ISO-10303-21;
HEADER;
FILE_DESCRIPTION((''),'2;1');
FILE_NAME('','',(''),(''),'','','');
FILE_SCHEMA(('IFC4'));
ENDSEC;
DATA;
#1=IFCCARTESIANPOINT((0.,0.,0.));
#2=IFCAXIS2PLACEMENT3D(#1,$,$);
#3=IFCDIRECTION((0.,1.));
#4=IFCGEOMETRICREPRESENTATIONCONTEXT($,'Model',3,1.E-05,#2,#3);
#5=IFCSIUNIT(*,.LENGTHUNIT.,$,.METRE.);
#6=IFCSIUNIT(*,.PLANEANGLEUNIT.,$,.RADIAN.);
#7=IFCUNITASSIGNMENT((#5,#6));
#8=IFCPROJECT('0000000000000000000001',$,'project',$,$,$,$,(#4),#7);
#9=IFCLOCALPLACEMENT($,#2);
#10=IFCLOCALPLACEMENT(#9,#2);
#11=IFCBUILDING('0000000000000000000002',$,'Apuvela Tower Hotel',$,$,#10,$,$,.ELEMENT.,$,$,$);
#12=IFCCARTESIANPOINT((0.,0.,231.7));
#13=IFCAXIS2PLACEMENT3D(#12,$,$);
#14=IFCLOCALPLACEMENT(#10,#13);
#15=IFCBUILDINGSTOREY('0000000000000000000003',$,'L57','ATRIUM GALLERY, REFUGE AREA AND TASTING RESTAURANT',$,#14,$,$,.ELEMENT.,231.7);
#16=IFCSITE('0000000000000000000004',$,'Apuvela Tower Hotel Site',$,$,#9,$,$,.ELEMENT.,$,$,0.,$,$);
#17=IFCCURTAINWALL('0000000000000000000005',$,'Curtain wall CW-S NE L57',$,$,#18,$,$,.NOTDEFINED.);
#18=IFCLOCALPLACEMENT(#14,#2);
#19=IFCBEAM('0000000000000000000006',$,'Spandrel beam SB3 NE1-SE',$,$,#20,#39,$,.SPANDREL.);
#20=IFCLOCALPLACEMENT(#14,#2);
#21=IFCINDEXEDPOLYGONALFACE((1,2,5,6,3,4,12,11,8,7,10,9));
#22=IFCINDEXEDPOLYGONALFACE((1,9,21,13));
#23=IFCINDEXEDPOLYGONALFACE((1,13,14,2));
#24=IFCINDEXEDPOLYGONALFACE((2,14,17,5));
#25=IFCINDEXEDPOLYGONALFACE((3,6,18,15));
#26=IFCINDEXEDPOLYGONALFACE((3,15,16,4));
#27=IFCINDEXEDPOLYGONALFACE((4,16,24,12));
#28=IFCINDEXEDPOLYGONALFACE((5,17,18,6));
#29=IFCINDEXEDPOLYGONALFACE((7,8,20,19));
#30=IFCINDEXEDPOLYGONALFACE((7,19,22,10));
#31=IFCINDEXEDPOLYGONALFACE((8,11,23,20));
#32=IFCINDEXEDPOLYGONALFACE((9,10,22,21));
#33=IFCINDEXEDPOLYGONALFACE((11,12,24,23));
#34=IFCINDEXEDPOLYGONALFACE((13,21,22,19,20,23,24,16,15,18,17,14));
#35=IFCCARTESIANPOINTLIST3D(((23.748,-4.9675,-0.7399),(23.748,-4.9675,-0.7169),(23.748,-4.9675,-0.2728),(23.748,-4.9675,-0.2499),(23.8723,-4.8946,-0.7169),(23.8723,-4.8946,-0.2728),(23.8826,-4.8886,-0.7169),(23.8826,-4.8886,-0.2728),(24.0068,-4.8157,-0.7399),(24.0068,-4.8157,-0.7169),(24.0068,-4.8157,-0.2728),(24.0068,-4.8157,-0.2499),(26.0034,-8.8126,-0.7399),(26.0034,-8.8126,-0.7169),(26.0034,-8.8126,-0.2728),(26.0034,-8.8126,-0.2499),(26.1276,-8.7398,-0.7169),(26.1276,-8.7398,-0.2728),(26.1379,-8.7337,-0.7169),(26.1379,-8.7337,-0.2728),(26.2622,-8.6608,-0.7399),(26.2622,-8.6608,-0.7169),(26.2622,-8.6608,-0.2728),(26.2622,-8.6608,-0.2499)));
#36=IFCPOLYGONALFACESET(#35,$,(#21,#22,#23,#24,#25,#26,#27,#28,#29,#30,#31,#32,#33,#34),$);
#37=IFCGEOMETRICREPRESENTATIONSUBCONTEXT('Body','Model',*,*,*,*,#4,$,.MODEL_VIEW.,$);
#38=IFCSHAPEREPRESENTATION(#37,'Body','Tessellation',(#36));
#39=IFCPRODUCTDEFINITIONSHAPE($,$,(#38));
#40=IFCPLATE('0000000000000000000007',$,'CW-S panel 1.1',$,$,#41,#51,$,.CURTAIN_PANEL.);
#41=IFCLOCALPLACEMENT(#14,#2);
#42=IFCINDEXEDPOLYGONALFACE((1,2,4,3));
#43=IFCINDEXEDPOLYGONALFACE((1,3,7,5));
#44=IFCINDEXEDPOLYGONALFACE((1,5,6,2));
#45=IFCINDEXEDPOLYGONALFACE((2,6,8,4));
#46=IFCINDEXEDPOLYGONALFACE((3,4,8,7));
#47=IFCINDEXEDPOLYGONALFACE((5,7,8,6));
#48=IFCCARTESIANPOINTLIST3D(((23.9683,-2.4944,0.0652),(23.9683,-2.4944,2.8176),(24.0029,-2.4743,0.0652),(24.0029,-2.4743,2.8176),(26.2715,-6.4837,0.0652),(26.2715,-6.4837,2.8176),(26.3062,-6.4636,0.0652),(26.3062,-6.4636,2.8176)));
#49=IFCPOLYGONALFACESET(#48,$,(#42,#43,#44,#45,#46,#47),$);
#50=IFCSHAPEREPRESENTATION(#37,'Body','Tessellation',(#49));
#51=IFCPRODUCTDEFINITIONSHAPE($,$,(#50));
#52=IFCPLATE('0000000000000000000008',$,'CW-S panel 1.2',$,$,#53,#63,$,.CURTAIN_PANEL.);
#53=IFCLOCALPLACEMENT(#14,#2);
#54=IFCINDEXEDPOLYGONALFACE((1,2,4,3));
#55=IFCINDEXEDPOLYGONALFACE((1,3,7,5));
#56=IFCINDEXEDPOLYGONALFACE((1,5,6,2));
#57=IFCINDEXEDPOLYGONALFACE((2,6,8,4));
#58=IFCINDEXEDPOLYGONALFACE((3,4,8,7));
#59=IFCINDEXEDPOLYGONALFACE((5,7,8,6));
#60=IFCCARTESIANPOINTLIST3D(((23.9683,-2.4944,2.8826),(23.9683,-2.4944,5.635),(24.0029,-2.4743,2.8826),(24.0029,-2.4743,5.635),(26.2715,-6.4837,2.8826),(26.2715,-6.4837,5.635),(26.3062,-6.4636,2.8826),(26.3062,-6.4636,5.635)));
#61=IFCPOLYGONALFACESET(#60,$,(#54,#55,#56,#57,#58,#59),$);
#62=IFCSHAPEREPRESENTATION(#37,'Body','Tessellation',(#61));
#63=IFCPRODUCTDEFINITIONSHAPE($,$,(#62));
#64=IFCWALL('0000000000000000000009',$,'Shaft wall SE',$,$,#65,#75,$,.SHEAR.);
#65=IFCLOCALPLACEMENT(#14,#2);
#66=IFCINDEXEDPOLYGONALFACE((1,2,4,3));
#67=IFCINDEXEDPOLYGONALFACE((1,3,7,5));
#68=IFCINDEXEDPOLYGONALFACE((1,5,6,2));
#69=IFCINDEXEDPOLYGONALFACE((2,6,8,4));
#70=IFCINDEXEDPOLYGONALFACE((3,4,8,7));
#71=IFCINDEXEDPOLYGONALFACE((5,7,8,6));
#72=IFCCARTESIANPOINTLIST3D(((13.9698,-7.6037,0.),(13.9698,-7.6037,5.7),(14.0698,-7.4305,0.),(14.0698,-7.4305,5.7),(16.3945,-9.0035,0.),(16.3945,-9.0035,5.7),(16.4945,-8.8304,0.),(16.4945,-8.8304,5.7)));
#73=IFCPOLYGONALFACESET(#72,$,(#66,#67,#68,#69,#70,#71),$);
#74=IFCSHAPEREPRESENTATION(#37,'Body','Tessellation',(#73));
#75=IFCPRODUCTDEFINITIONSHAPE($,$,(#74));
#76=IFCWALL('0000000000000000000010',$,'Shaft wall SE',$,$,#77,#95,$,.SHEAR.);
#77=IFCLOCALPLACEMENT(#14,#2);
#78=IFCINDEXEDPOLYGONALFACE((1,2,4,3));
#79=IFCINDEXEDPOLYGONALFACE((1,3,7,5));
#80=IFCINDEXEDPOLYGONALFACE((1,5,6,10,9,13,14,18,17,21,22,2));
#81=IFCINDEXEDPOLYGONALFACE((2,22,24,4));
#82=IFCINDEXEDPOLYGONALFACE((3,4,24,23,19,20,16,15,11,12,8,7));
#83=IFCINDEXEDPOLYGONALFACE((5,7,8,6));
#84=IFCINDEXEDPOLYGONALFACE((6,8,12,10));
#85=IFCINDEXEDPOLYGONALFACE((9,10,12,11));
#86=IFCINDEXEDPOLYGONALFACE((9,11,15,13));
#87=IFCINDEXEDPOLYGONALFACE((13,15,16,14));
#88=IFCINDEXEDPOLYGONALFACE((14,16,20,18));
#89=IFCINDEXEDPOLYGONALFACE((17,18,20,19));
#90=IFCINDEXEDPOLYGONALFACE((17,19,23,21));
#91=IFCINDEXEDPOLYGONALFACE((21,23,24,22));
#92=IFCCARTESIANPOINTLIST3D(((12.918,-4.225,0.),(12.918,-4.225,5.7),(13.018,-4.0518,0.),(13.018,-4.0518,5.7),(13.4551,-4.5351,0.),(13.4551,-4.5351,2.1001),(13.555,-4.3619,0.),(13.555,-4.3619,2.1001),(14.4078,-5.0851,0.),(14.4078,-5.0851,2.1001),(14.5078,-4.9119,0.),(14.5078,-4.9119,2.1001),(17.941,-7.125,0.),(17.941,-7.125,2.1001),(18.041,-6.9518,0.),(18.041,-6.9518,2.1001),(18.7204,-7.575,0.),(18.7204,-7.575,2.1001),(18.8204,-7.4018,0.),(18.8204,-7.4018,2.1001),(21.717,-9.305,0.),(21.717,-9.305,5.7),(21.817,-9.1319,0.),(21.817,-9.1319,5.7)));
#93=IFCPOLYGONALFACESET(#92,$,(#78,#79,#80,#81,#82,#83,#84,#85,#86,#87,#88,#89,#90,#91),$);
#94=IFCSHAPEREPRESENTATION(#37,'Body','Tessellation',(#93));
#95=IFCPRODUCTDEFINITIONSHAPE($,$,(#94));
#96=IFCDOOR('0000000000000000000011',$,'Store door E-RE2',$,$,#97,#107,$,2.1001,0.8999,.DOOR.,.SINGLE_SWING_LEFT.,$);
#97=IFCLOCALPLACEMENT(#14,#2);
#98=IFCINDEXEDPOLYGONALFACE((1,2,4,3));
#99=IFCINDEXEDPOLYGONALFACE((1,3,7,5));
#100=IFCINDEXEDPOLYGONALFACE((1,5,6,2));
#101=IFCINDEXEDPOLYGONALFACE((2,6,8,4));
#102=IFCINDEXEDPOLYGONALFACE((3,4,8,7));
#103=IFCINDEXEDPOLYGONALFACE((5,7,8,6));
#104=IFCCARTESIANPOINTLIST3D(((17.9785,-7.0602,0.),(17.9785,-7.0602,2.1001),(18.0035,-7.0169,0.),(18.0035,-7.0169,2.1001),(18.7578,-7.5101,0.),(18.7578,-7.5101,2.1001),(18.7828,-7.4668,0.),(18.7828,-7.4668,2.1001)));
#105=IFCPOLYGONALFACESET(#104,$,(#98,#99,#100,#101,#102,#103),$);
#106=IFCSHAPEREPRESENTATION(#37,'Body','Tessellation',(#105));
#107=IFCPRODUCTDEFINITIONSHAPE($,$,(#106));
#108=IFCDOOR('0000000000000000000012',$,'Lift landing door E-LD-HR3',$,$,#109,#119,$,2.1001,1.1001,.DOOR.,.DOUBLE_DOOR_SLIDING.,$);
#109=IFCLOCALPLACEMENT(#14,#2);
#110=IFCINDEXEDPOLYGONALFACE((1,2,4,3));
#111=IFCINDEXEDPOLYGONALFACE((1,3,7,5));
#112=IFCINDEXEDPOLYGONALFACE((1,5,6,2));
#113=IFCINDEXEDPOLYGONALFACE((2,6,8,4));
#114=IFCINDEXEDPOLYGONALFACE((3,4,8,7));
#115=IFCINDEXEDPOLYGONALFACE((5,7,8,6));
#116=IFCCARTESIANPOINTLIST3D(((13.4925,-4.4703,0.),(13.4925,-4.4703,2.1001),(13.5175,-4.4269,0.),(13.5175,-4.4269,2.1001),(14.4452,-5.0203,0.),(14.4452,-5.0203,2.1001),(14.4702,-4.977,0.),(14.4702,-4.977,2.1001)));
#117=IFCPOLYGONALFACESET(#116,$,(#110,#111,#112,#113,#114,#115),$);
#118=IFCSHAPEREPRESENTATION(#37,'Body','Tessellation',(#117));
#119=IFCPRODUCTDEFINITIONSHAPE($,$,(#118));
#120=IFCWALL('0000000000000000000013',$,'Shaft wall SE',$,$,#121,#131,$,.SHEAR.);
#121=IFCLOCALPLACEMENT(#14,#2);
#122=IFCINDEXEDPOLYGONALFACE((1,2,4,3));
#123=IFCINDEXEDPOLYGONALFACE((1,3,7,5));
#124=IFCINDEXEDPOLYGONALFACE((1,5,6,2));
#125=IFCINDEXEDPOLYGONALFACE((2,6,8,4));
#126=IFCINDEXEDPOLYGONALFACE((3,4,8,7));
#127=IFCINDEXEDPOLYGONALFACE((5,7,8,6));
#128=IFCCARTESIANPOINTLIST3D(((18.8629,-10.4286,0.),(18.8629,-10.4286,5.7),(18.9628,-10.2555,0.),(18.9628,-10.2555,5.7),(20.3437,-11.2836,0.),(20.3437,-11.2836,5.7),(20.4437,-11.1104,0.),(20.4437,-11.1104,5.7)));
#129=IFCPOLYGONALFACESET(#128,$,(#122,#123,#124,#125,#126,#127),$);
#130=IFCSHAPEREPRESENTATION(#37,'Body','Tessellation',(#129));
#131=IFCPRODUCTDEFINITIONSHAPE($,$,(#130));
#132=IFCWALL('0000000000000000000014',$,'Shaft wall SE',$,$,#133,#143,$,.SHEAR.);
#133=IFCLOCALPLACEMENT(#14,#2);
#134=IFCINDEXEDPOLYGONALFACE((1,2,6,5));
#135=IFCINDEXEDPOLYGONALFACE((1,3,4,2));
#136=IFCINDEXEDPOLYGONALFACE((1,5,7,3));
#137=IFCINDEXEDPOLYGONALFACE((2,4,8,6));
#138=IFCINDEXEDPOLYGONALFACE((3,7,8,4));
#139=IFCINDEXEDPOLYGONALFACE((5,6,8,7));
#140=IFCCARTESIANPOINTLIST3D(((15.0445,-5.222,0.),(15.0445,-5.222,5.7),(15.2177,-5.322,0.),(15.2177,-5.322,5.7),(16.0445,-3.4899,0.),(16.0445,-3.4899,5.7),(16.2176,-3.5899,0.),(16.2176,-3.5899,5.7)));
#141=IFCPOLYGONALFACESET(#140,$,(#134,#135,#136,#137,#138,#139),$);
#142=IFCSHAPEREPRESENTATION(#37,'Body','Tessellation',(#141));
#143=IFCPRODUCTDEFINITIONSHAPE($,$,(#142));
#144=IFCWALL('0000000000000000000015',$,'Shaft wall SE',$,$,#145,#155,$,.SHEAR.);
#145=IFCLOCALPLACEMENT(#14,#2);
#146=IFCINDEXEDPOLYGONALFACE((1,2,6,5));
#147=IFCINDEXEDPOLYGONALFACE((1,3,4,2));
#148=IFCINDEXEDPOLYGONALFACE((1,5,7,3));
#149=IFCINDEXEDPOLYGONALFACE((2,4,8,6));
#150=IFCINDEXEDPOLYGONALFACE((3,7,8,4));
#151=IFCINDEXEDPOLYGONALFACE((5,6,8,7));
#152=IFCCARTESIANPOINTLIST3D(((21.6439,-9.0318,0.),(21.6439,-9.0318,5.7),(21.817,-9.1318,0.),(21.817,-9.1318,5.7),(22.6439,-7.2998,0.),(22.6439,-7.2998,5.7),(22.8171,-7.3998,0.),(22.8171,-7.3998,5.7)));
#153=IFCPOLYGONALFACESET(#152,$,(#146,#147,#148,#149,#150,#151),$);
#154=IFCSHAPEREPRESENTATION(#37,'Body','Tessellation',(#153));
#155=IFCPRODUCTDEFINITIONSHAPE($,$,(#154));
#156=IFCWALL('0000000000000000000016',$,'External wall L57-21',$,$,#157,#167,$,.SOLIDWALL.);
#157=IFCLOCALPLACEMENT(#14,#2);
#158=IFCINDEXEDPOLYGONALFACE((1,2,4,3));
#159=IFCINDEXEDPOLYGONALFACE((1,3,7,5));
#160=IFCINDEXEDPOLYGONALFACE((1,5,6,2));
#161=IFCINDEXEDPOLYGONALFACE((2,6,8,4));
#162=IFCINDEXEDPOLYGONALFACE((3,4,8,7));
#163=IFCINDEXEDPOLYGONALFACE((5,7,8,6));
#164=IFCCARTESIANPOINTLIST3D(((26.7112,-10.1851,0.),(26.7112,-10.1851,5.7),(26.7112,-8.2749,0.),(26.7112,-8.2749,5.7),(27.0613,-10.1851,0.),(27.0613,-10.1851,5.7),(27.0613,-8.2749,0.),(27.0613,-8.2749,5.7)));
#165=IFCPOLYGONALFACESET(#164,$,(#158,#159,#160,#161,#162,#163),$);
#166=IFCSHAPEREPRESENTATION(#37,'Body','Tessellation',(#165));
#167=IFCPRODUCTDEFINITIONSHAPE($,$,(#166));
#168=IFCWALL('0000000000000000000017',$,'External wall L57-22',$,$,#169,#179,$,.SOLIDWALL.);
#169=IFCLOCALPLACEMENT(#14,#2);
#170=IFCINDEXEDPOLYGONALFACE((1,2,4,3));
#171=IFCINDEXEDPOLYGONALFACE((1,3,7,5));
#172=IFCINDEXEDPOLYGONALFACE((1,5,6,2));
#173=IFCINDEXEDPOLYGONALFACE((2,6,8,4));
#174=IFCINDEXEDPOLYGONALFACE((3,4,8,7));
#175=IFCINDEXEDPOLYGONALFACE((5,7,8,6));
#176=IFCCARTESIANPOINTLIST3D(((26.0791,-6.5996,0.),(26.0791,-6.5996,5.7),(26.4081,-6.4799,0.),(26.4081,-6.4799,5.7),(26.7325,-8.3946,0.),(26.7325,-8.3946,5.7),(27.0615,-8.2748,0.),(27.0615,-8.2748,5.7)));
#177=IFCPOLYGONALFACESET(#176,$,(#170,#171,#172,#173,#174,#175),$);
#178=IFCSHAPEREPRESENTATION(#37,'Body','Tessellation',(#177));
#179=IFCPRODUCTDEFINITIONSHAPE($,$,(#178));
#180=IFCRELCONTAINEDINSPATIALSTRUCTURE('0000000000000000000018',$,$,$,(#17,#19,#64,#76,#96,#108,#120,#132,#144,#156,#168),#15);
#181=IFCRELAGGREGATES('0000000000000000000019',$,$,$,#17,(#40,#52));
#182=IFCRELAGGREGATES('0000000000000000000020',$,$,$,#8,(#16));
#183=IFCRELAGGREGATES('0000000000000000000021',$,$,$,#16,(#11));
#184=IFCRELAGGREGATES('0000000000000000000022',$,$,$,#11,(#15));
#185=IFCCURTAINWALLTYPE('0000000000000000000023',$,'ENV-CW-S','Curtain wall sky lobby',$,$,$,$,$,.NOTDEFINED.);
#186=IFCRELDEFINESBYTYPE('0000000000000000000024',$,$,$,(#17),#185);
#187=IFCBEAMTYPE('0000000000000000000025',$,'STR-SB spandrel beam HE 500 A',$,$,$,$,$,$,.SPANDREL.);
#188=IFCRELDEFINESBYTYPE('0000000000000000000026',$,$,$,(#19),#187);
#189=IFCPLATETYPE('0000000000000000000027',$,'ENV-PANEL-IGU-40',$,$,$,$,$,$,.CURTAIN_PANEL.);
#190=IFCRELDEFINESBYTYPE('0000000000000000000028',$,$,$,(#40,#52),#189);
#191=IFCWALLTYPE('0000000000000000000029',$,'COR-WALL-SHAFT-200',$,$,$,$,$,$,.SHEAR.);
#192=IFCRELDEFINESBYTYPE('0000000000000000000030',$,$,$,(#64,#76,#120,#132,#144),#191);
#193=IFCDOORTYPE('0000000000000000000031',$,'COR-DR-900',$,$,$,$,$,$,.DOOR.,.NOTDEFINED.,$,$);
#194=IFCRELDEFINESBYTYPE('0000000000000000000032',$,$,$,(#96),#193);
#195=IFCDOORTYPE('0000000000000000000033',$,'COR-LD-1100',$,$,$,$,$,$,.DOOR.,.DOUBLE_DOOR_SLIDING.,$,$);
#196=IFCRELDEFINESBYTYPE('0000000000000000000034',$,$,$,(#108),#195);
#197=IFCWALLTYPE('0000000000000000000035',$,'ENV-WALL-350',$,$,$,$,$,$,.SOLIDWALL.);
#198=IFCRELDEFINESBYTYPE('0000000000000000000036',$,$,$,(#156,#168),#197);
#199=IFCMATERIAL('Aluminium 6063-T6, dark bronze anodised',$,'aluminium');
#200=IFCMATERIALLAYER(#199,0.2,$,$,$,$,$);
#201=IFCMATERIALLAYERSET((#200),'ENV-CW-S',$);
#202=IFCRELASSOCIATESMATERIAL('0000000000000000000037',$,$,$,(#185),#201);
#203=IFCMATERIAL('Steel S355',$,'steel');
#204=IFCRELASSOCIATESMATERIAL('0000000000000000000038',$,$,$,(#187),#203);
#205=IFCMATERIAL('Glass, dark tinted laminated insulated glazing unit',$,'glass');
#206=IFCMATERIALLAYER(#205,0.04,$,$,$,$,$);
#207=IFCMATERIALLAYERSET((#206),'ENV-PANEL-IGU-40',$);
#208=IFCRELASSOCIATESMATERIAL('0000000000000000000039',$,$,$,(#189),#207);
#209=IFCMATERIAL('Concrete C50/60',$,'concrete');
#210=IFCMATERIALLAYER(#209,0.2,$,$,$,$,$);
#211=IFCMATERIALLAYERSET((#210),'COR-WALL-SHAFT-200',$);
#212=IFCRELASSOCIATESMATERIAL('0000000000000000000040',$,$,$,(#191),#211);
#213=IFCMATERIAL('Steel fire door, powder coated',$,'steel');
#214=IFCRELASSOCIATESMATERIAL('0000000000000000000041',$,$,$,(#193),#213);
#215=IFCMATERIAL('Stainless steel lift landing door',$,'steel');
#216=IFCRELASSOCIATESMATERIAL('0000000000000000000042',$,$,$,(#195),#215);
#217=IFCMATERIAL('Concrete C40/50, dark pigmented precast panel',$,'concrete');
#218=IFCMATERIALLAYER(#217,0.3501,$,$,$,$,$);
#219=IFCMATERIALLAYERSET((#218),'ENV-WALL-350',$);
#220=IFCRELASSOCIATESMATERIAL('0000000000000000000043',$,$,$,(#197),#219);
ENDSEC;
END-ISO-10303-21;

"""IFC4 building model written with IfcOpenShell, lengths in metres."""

from ifc_helpers import new_model, si_unit, direction, frame, frame_2d, origin, origin_2d, place, context, subcontext, project, spatial, rectangle, i_section, extrude, material, layer, layer_set, material_profile, profile_set, type_object, element, fill, aggregate, save


model = new_model("IFC4")

# Units and contexts
model_context = context("Model", 3, precision=1e-05, world=origin(), true_north=direction((0.0, 1.0)))
body_context = subcontext(model_context, "Body", "Model", "MODEL_VIEW")
ifc_project = project(units=[si_unit("LENGTHUNIT", "METRE"), si_unit("PLANEANGLEUNIT", "RADIAN")], contexts=[model_context])

# Site, building, storey
site_placement = place(None, origin())
site = spatial("IfcSite", under=ifc_project, at=site_placement, Name="Apuvela Tower Hotel Site", CompositionType="ELEMENT", RefElevation=0.0)
building_placement = place(site_placement, origin())
building = spatial("IfcBuilding", under=site, at=building_placement, Name="Apuvela Tower Hotel", CompositionType="ELEMENT")
storey_placement = place(building_placement, frame((0.0, 0.0, 231.7)))
storey = spatial("IfcBuildingStorey", under=building, at=storey_placement, Name="L57", Description="ATRIUM GALLERY, REFUGE AREA AND TASTING RESTAURANT", CompositionType="ELEMENT", Elevation=231.7)

# Curtain wall
ifc_material_1 = material(Name="Aluminium 6063-T6, dark bronze anodised", Category="aluminium")
ifc_layer_1 = layer(ifc_material_1, 0.2)
ifc_layer_set_1 = layer_set([ifc_layer_1], Name="ENV-CW-S")
curtain_wall_type = type_object("IfcCurtainWallType", Name="ENV-CW-S", Description="Curtain wall sky lobby", PredefinedType="NOTDEFINED", material=ifc_layer_set_1)
curtain_wall_placement = place(storey_placement, origin())
curtain_wall = element("IfcCurtainWall", 1, at=curtain_wall_placement, inside=storey, type_object=curtain_wall_type, Name="Curtain wall CW-S NE L57", PredefinedType="NOTDEFINED")

# Beam
ifc_material_2 = material(Name="Steel S355", Category="steel")
ifc_material_profile_1 = material_profile(ifc_material_2, i_section(OverallWidth=0.3, OverallDepth=0.49, WebThickness=0.012, FlangeThickness=0.0229, at=origin_2d()), Name="HE 500 A")
ifc_profile_set_1 = profile_set([ifc_material_profile_1], Name="Steel S355")
beam_type_1 = type_object("IfcBeamType", Name="STR-SB spandrel beam HE 500 A", PredefinedType="SPANDREL", material=ifc_profile_set_1)
beam_1_placement = place(storey_placement, frame((23.8774, -4.8916, -0.4949), z_axis=(0.505933, -0.862573, 0.0), x_axis=(0.862573, 0.505933, 0.0)))
element("IfcBeam", 2, at=beam_1_placement, inside=storey, type_object=beam_type_1, Name="Spandrel beam SB3 NE1-SE", PredefinedType="SPANDREL", context=body_context, shape_type="SweptSolid", body=[
    extrude(i_section(OverallWidth=0.3, OverallDepth=0.49, WebThickness=0.012, FlangeThickness=0.0229, at=origin_2d()), origin(), (0.0, 0.0, 1.0), 4.4578),
])

# Plates
ifc_material_3 = material(Name="Glass, dark tinted laminated insulated glazing unit", Category="glass")
ifc_layer_2 = layer(ifc_material_3, 0.04)
ifc_layer_set_2 = layer_set([ifc_layer_2], Name="ENV-PANEL-IGU-40")
plate_type = type_object("IfcPlateType", Name="ENV-PANEL-IGU-40", PredefinedType="CURTAIN_PANEL", material=ifc_layer_set_2)
plate_1_placement = place(storey_placement, frame((25.1372, -4.479, 0.0652), z_axis=(0.0, 0.0, 1.0), x_axis=(-0.499999, 0.866026, 0.0)))
plate_1 = element("IfcPlate", 3, at=plate_1_placement, type_object=plate_type, Name="CW-S panel 1.1", PredefinedType="CURTAIN_PANEL", context=body_context, shape_type="SweptSolid", body=[
    extrude(rectangle(XDim=4.6064, YDim=0.04, at=origin_2d()), origin(), (0.0, 0.0, 1.0), 2.7524),
])
plate_2_placement = place(storey_placement, frame((25.1372, -4.479, 2.8826), z_axis=(0.0, 0.0, 1.0), x_axis=(-0.499999, 0.866026, 0.0)))
plate_2 = element("IfcPlate", 4, at=plate_2_placement, type_object=plate_type, Name="CW-S panel 1.2", PredefinedType="CURTAIN_PANEL", context=body_context, shape_type="SweptSolid", body=[
    extrude(rectangle(XDim=4.6064, YDim=0.04, at=origin_2d()), origin(), (0.0, 0.0, 1.0), 2.7524),
])
aggregate(curtain_wall, [plate_1, plate_2])

# Wall
ifc_material_4 = material(Name="Concrete C50/60", Category="concrete")
ifc_layer_3 = layer(ifc_material_4, 0.2)
ifc_layer_set_3 = layer_set([ifc_layer_3], Name="COR-WALL-SHAFT-200")
wall_type_1 = type_object("IfcWallType", Name="COR-WALL-SHAFT-200", PredefinedType="SHEAR", material=ifc_layer_set_3)
wall_1_placement = place(storey_placement, frame((14.0198, -7.5171, 0.0), z_axis=(0.0, 0.0, 1.0), x_axis=(0.866035, -0.499984, 0.0)))
element("IfcWall", 5, at=wall_1_placement, inside=storey, type_object=wall_type_1, Name="Shaft wall SE", PredefinedType="SHEAR", context=body_context, shape_type="SweptSolid", body=[
    extrude(rectangle(XDim=2.7998, YDim=0.2, at=frame_2d((1.3999, 0.0))), origin(), (0.0, 0.0, 1.0), 5.7),
])

# Wall, openings, doors
wall_2_placement = place(storey_placement, frame((12.968, -4.1384, 0.0), z_axis=(0.0, 0.0, 1.0), x_axis=(0.866028, -0.499995, 0.0)))
wall_2 = element("IfcWall", 6, at=wall_2_placement, inside=storey, type_object=wall_type_1, Name="Shaft wall SE", PredefinedType="SHEAR", context=body_context, shape_type="SweptSolid", body=[
    extrude(rectangle(XDim=10.1602, YDim=0.2, at=frame_2d((5.0801, 0.0))), origin(), (0.0, 0.0, 1.0), 5.7),
])
opening_1_placement = place(wall_2_placement, frame((0.6201, 0.0, 0.0)))
opening_1 = element("IfcOpeningElement", 7, at=opening_1_placement, cuts=wall_2, PredefinedType="OPENING", context=body_context, shape_type="SweptSolid", body=[
    extrude(rectangle(XDim=1.1001, YDim=2.1001, at=frame_2d((0.55, 1.05))), frame((0.0, 0.1099, 0.0), z_axis=(0.0, -1.0, 0.0), x_axis=(1.0, 0.0, 0.0)), (0.0, 0.0, 1.0), 0.22),
])
opening_2_placement = place(wall_2_placement, frame((5.8, 0.0, 0.0)))
opening_2 = element("IfcOpeningElement", 8, at=opening_2_placement, cuts=wall_2, PredefinedType="OPENING", context=body_context, shape_type="SweptSolid", body=[
    extrude(rectangle(XDim=0.8999, YDim=2.1001, at=frame_2d((0.45, 1.05))), frame((0.0, 0.1099, 0.0), z_axis=(0.0, -1.0, 0.0), x_axis=(1.0, 0.0, 0.0)), (0.0, 0.0, 1.0), 0.22),
])
ifc_material_5 = material(Name="Steel fire door, powder coated", Category="steel")
door_type_1 = type_object("IfcDoorType", Name="COR-DR-900", OperationType="NOTDEFINED", PredefinedType="DOOR", material=ifc_material_5)
door_1_placement = place(opening_2_placement, origin())
door_1 = element("IfcDoor", 9, at=door_1_placement, inside=storey, type_object=door_type_1, Name="Store door E-RE2", OperationType="SINGLE_SWING_LEFT", OverallHeight=2.1001, OverallWidth=0.8999, PredefinedType="DOOR", context=body_context, shape_type="SweptSolid", body=[
    extrude(rectangle(XDim=0.8999, YDim=2.1001, at=frame_2d((0.45, 1.05))), frame((0.0, 0.0249, 0.0), z_axis=(0.0, -1.0, 0.0), x_axis=(1.0, 0.0, 0.0)), (0.0, 0.0, 1.0), 0.05),
])
fill(opening_2, door_1)
ifc_material_6 = material(Name="Stainless steel lift landing door", Category="steel")
door_type_2 = type_object("IfcDoorType", Name="COR-LD-1100", OperationType="DOUBLE_DOOR_SLIDING", PredefinedType="DOOR", material=ifc_material_6)
door_2_placement = place(opening_1_placement, origin())
door_2 = element("IfcDoor", 10, at=door_2_placement, inside=storey, type_object=door_type_2, Name="Lift landing door E-LD-HR3", OperationType="DOUBLE_DOOR_SLIDING", OverallHeight=2.1001, OverallWidth=1.1001, PredefinedType="DOOR", context=body_context, shape_type="SweptSolid", body=[
    extrude(rectangle(XDim=1.1001, YDim=2.1001, at=frame_2d((0.55, 1.05))), frame((0.0, 0.0249, 0.0), z_axis=(0.0, -1.0, 0.0), x_axis=(1.0, 0.0, 0.0)), (0.0, 0.0, 1.0), 0.05),
])
fill(opening_1, door_2)

# Walls
wall_3_placement = place(storey_placement, frame((18.9128, -10.342, 0.0), z_axis=(0.0, 0.0, 1.0), x_axis=(0.866038, -0.499978, 0.0)))
element("IfcWall", 11, at=wall_3_placement, inside=storey, type_object=wall_type_1, Name="Shaft wall SE", PredefinedType="SHEAR", context=body_context, shape_type="SweptSolid", body=[
    extrude(rectangle(XDim=1.71, YDim=0.2, at=frame_2d((0.855, 0.0))), origin(), (0.0, 0.0, 1.0), 5.7),
])
for number, where, z_axis, x_axis, name in (
    (12, (15.1311, -5.272, 0.0), (0.0, 0.0, 1.0), (0.499973, 0.866041, 0.0), "Shaft wall SE"),
    (13, (21.7305, -9.0818, 0.0), (0.0, 0.0, 1.0), (0.500025, 0.866011, 0.0), "Shaft wall SE"),
):
    element("IfcWall", number, at=place(storey_placement, frame(where, z_axis=z_axis, x_axis=x_axis)), inside=storey, type_object=wall_type_1, Name=name, PredefinedType="SHEAR", context=body_context, shape_type="SweptSolid", body=[
        extrude(rectangle(XDim=2.0, YDim=0.2, at=frame_2d((1.0, 0.0))), origin(), (0.0, 0.0, 1.0), 5.7),
    ])
ifc_material_7 = material(Name="Concrete C40/50, dark pigmented precast panel", Category="concrete")
ifc_layer_4 = layer(ifc_material_7, 0.3501)
ifc_layer_set_4 = layer_set([ifc_layer_4], Name="ENV-WALL-350")
wall_type_2 = type_object("IfcWallType", Name="ENV-WALL-350", PredefinedType="SOLIDWALL", material=ifc_layer_set_4)
for number, where, z_axis, x_axis, name in (
    (14, (26.8862, -10.1851, 0.0), (0.0, 0.0, 1.0), (0.0, 1.0, 0.0), "External wall L57-21"),
    (15, (26.897, -8.3347, 0.0), (0.0, 0.0, 1.0), (-0.34203, 0.939689, 0.0), "External wall L57-22"),
):
    element("IfcWall", number, at=place(storey_placement, frame(where, z_axis=z_axis, x_axis=x_axis)), inside=storey, type_object=wall_type_2, Name=name, PredefinedType="SOLIDWALL", context=body_context, shape_type="SweptSolid", body=[
        extrude(rectangle(XDim=1.9102, YDim=0.3501, at=frame_2d((0.9551, 0.0))), origin(), (0.0, 0.0, 1.0), 5.7),
    ])

save(model, "model.ifc")
